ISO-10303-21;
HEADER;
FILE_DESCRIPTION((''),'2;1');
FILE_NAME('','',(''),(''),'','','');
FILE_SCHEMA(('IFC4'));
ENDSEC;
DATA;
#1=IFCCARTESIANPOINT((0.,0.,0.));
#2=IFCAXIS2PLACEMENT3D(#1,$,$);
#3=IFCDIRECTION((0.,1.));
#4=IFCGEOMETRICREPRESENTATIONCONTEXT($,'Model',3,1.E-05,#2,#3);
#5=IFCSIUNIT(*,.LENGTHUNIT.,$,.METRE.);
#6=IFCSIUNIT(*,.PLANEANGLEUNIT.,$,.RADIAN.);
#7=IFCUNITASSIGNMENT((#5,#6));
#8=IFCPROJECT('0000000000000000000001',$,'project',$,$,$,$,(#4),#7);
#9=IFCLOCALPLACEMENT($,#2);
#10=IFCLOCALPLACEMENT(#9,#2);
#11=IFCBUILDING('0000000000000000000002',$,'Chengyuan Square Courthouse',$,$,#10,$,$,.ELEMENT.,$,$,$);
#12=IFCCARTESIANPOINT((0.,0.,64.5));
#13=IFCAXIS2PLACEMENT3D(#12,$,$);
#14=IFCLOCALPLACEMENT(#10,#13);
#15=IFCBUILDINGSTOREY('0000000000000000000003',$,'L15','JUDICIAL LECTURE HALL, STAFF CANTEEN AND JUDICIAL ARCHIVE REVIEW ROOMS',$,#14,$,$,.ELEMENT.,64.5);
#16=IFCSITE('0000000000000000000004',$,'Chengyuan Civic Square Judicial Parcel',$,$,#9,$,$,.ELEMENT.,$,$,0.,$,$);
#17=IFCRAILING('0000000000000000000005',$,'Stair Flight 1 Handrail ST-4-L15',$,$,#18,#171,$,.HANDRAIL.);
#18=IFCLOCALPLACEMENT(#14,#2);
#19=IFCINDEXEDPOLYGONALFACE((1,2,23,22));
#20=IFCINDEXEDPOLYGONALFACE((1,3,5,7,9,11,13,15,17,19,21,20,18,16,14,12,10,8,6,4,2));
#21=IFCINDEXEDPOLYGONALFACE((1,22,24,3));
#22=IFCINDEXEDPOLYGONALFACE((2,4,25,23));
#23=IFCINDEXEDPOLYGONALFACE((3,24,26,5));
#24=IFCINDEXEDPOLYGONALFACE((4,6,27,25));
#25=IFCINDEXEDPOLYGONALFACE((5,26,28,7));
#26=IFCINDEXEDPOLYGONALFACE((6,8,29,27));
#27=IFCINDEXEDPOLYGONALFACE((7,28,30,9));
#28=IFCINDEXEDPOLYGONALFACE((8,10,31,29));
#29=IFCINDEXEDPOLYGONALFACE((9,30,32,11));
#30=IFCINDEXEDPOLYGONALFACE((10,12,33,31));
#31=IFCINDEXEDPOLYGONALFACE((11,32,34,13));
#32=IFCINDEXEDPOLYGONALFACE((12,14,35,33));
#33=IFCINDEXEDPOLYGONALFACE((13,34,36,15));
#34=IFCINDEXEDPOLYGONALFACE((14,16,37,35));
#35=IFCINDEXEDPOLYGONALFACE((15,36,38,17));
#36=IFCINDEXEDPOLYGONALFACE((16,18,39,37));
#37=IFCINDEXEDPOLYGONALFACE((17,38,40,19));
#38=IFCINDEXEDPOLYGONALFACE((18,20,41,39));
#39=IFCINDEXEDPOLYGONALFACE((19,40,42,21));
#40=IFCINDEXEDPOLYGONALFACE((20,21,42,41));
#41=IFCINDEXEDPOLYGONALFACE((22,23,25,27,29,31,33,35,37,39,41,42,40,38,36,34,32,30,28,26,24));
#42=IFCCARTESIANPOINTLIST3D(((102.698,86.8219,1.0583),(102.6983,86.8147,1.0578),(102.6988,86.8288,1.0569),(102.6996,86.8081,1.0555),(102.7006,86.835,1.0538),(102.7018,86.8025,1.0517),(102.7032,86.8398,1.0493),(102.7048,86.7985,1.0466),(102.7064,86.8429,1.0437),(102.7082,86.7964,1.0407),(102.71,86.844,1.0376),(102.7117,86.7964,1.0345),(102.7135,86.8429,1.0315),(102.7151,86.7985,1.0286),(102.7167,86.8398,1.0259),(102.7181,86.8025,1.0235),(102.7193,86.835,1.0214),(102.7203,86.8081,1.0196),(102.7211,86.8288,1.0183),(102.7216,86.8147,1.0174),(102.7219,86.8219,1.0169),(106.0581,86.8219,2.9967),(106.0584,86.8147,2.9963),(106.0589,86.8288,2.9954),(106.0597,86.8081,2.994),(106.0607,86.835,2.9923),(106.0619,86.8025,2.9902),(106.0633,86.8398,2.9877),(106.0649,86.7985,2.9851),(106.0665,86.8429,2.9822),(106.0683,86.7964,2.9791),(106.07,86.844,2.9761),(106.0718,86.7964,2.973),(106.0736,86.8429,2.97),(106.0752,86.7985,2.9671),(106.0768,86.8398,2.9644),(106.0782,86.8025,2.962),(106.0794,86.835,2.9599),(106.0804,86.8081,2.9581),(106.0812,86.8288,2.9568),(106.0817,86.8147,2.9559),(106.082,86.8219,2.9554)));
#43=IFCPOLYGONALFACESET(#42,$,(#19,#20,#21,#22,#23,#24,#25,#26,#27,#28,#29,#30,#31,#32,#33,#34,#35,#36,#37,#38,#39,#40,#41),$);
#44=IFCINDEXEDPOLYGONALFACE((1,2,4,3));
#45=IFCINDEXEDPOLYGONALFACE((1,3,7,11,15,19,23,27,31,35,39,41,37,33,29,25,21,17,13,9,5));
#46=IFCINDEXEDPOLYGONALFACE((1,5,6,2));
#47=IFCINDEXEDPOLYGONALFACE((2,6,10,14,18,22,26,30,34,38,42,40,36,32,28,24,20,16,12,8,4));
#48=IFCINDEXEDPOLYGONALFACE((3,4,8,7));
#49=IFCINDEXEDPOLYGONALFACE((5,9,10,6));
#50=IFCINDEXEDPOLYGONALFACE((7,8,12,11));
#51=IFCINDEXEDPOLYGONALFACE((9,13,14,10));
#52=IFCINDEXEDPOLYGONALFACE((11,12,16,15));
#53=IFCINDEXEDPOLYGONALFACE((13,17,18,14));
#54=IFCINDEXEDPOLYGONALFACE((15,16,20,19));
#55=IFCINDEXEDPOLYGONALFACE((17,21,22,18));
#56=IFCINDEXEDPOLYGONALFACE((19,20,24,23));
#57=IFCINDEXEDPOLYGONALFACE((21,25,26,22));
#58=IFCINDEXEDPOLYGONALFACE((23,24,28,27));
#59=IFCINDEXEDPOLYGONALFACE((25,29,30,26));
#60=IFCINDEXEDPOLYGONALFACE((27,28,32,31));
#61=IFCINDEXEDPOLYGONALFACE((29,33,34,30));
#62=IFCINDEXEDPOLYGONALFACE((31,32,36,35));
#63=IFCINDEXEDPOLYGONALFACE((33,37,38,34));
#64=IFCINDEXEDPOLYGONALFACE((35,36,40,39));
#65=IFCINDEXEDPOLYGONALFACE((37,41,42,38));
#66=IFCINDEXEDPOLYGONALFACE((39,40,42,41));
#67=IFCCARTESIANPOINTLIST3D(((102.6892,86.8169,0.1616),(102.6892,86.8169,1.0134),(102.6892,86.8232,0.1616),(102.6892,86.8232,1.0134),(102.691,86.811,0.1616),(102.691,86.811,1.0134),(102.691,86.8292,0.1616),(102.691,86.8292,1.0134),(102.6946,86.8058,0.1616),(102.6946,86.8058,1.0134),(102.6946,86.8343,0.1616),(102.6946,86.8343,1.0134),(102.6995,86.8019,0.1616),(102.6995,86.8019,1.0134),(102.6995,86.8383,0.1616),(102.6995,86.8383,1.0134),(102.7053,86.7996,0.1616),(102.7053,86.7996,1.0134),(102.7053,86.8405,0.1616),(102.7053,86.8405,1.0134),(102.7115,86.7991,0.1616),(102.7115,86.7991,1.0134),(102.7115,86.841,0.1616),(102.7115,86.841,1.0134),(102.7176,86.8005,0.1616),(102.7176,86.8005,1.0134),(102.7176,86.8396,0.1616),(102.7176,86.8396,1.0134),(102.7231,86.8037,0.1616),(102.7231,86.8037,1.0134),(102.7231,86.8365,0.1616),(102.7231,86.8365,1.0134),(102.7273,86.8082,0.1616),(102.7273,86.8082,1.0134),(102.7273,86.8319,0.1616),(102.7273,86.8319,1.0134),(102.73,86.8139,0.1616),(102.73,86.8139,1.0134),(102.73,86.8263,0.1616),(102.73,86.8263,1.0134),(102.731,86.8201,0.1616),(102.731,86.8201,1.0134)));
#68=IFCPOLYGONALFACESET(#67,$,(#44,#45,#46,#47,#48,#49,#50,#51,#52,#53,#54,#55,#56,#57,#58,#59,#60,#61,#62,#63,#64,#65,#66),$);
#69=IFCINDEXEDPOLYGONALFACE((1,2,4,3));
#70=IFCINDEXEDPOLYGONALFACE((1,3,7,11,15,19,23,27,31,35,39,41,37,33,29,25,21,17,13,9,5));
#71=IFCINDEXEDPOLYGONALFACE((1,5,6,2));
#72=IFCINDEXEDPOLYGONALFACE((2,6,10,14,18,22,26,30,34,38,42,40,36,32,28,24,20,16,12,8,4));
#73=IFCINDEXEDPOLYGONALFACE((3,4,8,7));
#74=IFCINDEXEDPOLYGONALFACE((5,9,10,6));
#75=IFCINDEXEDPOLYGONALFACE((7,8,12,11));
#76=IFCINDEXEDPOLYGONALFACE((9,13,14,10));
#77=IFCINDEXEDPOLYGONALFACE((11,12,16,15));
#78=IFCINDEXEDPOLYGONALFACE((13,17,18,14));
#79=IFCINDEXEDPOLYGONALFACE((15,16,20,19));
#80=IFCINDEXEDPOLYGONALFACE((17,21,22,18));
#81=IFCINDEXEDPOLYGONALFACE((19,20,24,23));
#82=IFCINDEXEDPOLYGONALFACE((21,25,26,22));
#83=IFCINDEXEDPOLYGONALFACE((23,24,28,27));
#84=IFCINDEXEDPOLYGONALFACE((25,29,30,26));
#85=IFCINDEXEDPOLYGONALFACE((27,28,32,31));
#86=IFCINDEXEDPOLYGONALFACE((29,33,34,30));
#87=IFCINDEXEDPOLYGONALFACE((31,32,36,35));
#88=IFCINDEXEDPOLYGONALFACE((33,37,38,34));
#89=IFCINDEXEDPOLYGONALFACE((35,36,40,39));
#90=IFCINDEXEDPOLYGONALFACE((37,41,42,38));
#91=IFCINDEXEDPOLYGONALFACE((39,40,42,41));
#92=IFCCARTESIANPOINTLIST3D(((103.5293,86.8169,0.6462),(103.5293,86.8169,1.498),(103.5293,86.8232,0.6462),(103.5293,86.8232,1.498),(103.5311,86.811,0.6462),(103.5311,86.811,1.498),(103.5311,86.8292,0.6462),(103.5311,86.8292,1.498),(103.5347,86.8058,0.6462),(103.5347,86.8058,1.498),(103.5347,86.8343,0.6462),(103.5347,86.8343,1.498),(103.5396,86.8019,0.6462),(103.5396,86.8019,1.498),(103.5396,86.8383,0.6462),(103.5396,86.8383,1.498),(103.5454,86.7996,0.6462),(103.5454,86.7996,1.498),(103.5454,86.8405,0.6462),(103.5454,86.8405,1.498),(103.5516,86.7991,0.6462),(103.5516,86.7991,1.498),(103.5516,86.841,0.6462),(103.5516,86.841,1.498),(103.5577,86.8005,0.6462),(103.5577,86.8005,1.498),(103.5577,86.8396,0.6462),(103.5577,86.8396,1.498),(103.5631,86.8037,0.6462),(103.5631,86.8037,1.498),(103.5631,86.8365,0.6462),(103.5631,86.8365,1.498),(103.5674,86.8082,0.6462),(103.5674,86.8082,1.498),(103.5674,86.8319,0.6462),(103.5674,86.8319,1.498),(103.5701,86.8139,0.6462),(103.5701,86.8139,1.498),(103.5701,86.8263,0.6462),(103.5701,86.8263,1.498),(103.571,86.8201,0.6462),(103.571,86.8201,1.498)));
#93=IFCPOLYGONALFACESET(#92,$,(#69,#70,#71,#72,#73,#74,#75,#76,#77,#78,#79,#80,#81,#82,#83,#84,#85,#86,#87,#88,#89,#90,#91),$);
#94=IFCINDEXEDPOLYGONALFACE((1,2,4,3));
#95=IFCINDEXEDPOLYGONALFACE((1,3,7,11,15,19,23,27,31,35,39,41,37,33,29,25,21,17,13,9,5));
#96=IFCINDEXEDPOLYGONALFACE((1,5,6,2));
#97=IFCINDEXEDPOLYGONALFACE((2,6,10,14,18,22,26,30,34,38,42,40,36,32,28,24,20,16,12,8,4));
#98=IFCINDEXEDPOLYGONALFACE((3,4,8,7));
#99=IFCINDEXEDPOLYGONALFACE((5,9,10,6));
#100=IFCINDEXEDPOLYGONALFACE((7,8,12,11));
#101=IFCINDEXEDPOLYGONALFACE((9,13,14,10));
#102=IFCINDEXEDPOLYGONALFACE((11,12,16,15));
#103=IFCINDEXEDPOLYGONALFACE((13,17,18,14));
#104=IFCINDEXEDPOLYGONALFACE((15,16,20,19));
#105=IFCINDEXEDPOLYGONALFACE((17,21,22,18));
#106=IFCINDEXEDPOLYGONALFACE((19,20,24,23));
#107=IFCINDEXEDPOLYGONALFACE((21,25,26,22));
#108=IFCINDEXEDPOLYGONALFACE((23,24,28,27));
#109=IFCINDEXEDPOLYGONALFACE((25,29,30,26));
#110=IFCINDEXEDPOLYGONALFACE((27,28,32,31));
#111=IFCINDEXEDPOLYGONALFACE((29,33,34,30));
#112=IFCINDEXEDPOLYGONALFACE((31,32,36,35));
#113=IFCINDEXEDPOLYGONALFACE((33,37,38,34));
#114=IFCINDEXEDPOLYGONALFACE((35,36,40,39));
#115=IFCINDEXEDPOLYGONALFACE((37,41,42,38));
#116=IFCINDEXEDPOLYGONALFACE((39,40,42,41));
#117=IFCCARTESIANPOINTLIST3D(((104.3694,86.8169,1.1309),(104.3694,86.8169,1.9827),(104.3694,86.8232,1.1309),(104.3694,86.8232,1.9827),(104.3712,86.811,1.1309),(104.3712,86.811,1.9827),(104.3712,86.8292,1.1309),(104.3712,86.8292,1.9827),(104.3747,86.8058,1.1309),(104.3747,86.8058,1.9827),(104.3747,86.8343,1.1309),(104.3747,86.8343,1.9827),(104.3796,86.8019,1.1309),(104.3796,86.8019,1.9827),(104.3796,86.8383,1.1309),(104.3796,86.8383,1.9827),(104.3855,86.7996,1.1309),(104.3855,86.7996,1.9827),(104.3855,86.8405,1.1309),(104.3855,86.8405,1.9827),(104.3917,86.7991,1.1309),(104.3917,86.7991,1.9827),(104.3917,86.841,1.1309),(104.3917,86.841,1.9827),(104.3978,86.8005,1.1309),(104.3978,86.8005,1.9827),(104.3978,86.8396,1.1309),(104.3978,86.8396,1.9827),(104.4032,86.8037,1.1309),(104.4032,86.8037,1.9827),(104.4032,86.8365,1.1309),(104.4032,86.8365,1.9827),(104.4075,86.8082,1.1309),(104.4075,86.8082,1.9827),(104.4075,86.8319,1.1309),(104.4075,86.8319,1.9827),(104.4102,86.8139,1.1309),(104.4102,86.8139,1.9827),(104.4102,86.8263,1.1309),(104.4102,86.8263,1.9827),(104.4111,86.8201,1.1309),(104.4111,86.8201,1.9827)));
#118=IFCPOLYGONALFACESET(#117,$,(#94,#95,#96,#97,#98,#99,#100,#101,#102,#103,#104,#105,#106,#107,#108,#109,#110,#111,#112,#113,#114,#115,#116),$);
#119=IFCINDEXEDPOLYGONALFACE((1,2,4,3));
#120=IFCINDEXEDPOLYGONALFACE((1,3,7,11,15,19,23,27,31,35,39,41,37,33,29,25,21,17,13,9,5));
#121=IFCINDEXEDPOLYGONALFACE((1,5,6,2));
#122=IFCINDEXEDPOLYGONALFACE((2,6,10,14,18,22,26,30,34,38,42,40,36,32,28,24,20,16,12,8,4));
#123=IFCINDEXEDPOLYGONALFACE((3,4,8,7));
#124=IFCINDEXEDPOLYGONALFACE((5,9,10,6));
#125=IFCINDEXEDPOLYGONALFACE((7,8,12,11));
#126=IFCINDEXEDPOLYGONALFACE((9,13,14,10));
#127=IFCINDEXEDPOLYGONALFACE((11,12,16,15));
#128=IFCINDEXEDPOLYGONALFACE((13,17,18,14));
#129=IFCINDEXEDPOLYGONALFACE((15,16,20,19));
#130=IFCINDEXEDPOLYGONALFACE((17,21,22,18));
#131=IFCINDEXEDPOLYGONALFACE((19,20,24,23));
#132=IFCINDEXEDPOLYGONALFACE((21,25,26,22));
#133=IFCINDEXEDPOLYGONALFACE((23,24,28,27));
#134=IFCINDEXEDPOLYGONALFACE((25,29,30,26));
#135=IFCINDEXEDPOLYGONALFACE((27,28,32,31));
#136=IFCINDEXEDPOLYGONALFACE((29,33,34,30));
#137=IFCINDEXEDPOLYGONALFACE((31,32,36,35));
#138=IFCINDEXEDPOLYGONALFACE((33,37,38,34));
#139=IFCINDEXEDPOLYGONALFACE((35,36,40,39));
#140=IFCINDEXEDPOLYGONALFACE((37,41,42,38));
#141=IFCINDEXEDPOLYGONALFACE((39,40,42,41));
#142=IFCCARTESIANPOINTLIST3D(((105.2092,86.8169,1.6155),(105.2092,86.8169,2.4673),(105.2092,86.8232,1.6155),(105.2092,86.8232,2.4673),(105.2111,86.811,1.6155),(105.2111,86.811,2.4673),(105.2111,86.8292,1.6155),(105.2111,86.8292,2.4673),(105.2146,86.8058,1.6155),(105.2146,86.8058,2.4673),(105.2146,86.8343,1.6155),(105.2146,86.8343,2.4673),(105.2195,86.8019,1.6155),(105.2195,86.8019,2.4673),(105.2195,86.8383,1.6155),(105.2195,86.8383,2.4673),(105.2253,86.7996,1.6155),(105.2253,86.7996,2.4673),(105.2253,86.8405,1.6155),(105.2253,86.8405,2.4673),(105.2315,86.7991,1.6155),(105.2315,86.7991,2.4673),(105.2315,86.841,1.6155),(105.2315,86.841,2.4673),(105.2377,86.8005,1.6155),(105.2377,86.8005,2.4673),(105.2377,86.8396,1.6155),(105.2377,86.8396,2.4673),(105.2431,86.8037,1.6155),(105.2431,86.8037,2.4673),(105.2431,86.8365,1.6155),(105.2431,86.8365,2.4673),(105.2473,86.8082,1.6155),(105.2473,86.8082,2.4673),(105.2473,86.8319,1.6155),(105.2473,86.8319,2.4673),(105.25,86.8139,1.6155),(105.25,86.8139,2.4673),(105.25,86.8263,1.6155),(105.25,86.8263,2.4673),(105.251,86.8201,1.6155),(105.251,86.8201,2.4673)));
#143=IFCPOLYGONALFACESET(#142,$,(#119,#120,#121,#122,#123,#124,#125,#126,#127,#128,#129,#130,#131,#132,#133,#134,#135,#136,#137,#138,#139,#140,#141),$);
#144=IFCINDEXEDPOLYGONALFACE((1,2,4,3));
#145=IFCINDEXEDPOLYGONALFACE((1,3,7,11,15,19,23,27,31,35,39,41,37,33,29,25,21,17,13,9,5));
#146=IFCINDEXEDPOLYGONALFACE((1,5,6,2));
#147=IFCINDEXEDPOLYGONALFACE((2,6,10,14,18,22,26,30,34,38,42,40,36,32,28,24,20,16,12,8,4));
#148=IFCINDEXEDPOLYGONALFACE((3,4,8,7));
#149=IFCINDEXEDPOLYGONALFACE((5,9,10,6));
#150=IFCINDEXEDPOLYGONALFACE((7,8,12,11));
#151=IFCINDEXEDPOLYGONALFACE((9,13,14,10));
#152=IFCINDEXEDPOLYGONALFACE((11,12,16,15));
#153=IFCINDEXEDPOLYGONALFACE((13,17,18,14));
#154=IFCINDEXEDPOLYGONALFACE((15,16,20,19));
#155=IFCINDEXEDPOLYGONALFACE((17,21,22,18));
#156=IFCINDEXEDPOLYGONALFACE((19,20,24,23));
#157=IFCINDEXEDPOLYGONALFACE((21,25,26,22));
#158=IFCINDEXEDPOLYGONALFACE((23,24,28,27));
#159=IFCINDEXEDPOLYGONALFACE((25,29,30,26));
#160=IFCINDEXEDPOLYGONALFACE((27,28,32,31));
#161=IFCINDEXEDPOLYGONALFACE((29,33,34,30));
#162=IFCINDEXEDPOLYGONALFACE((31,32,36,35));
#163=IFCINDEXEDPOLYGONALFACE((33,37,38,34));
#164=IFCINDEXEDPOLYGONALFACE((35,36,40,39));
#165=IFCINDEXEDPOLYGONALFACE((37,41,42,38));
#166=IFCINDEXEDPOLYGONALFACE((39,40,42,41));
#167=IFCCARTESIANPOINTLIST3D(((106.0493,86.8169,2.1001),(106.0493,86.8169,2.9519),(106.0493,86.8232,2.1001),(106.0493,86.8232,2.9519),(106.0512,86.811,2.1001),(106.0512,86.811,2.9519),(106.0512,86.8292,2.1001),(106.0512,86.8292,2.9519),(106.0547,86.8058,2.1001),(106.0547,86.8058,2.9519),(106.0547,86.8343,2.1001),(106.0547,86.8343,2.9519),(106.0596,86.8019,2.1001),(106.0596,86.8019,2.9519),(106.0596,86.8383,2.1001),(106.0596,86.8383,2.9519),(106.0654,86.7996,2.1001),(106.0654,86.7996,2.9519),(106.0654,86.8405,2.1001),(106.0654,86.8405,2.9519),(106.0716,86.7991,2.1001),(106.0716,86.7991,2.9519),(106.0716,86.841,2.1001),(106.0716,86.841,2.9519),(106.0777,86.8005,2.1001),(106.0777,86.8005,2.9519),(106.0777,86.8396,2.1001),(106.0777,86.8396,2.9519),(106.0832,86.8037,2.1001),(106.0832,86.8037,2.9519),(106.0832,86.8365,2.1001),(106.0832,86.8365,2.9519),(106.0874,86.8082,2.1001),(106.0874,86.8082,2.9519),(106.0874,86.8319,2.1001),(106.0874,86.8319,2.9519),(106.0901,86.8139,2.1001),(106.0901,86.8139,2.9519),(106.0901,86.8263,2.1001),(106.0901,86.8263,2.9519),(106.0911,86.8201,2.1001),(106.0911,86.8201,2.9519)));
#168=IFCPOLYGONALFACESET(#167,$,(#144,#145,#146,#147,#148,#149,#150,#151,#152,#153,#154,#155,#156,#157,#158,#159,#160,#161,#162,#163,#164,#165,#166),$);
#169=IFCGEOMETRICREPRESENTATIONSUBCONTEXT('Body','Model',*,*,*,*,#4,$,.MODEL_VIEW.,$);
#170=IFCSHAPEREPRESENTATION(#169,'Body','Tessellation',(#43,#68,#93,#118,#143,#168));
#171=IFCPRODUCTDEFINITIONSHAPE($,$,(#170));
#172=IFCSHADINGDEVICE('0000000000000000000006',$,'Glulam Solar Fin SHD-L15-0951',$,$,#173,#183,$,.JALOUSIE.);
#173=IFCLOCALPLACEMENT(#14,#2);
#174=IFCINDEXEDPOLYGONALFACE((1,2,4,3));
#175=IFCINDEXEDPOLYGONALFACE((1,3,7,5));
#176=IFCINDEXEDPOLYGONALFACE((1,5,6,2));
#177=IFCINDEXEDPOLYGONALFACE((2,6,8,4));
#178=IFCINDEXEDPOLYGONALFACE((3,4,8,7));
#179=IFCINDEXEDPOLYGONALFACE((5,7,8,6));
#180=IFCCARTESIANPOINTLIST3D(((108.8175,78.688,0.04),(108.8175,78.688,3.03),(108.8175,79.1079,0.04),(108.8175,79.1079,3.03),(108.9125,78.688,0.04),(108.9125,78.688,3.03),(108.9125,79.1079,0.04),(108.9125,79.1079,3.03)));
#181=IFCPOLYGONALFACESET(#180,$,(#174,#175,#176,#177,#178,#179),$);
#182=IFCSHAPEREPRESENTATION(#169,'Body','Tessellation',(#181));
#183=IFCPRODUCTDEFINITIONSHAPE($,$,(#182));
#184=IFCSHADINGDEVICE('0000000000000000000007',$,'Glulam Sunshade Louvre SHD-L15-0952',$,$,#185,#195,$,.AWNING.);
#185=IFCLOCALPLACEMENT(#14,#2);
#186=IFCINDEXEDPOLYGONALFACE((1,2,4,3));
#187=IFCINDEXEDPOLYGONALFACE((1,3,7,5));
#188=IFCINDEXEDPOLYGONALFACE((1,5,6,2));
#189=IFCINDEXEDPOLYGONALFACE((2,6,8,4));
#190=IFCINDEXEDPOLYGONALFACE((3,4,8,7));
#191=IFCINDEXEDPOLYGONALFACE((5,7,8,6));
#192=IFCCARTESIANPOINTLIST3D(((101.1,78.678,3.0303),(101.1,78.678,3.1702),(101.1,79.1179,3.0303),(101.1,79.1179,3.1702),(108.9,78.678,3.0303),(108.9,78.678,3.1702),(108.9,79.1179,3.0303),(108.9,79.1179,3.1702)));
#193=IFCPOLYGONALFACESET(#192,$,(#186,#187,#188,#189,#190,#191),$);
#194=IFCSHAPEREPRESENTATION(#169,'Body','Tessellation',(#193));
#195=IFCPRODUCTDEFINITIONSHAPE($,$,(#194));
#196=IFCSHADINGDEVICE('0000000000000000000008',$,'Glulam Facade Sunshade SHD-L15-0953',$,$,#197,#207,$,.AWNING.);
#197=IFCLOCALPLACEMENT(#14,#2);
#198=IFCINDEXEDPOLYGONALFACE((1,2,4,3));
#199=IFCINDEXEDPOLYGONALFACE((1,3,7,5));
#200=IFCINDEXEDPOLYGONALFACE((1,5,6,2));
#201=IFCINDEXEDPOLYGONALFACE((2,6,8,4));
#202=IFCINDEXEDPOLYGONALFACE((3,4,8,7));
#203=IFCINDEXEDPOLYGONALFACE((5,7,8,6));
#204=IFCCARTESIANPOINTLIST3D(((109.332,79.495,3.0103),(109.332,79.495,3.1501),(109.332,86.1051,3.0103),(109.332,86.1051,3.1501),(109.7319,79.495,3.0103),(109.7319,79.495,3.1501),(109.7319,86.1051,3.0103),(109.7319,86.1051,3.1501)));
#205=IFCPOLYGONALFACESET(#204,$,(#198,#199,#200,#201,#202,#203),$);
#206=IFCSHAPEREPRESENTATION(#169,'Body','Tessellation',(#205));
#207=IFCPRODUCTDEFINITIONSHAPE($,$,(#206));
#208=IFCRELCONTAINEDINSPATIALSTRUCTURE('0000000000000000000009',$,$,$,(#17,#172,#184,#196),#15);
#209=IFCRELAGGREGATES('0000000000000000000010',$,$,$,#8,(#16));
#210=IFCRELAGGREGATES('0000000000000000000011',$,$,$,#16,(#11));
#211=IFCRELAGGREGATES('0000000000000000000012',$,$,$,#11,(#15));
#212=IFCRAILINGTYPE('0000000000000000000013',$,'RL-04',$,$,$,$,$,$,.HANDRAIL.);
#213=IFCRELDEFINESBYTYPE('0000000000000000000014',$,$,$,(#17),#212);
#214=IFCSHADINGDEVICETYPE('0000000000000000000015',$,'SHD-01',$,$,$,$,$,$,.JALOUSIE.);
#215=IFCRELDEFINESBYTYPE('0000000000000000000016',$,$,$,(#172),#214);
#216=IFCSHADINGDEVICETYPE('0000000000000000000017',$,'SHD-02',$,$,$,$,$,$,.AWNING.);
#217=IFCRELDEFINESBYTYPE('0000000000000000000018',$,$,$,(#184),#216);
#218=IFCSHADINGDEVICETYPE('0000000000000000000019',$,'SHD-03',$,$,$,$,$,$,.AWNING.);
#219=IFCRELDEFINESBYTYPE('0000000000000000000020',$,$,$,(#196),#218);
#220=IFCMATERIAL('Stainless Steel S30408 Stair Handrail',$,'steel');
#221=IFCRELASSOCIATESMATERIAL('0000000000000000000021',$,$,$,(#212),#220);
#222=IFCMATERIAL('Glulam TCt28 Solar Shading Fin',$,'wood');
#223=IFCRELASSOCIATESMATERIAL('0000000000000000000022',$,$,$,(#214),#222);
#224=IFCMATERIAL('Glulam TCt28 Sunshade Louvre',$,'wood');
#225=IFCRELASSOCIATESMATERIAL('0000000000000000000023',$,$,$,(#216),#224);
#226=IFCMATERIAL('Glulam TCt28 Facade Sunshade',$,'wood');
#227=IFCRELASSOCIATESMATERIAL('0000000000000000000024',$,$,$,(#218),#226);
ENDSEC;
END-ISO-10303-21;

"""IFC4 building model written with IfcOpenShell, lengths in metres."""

from ifc_helpers import new_model, si_unit, direction, frame, origin, origin_2d, place, context, subcontext, project, spatial, rectangle, circle, extrude, material, type_object, element, save


model = new_model("IFC4")

# Units and contexts
model_context = context("Model", 3, precision=1e-05, world=origin(), true_north=direction((0.0, 1.0)))
body_context = subcontext(model_context, "Body", "Model", "MODEL_VIEW")
ifc_project = project(units=[si_unit("LENGTHUNIT", "METRE"), si_unit("PLANEANGLEUNIT", "RADIAN")], contexts=[model_context])

# Site, building, storey
site_placement = place(None, origin())
site = spatial("IfcSite", under=ifc_project, at=site_placement, Name="Chengyuan Civic Square Judicial Parcel", CompositionType="ELEMENT", RefElevation=0.0)
building_placement = place(site_placement, origin())
building = spatial("IfcBuilding", under=site, at=building_placement, Name="Chengyuan Square Courthouse", CompositionType="ELEMENT")
storey_placement = place(building_placement, frame((0.0, 0.0, 64.5)))
storey = spatial("IfcBuildingStorey", under=building, at=storey_placement, Name="L15", Description="JUDICIAL LECTURE HALL, STAFF CANTEEN AND JUDICIAL ARCHIVE REVIEW ROOMS", CompositionType="ELEMENT", Elevation=64.5)

# Railing
ifc_material_1 = material(Name="Stainless Steel S30408 Stair Handrail", Category="steel")
railing_type = type_object("IfcRailingType", Name="RL-04", PredefinedType="HANDRAIL", material=ifc_material_1)
railing_placement = place(storey_placement, frame((102.71, 86.8201, 0.1616)))
element("IfcRailing", 1, at=railing_placement, inside=storey, type_object=railing_type, Name="Stair Flight 1 Handrail ST-4-L15", PredefinedType="HANDRAIL", context=body_context, shape_type="SweptSolid", body=[
    extrude(circle(Radius=0.0239, at=origin_2d()), frame((0.0, 0.0, 0.876), z_axis=(0.866191, 0.0, 0.499713), x_axis=(0.0, 1.0, 0.0)), (0.0, 0.0, 1.0), 3.8792),
    extrude(circle(Radius=0.021, at=origin_2d()), origin(), (0.0, 0.0, 1.0), 0.8518),
    extrude(circle(Radius=0.021, at=origin_2d()), frame((0.8401, 0.0, 0.4846)), (0.0, 0.0, 1.0), 0.8518),
    extrude(circle(Radius=0.021, at=origin_2d()), frame((1.6802, 0.0, 0.9692)), (0.0, 0.0, 1.0), 0.8518),
    extrude(circle(Radius=0.021, at=origin_2d()), frame((2.52, 0.0, 1.4539)), (0.0, 0.0, 1.0), 0.8518),
    extrude(circle(Radius=0.021, at=origin_2d()), frame((3.3601, 0.0, 1.9385)), (0.0, 0.0, 1.0), 0.8518),
])

# Shading devices
ifc_material_2 = material(Name="Glulam TCt28 Solar Shading Fin", Category="wood")
shading_device_type_1 = type_object("IfcShadingDeviceType", Name="SHD-01", PredefinedType="JALOUSIE", material=ifc_material_2)
shading_device_1_placement = place(storey_placement, frame((108.865, 78.8979, 0.04), z_axis=(0.0, 0.0, 1.0), x_axis=(0.0, 1.0, 0.0)))
element("IfcShadingDevice", 2, at=shading_device_1_placement, inside=storey, type_object=shading_device_type_1, Name="Glulam Solar Fin SHD-L15-0951", PredefinedType="JALOUSIE", context=body_context, shape_type="SweptSolid", body=[
    extrude(rectangle(XDim=0.4199, YDim=0.095, at=origin_2d()), origin(), (0.0, 0.0, 1.0), 2.99),
])
ifc_material_3 = material(Name="Glulam TCt28 Sunshade Louvre", Category="wood")
shading_device_type_2 = type_object("IfcShadingDeviceType", Name="SHD-02", PredefinedType="AWNING", material=ifc_material_3)
shading_device_2_placement = place(storey_placement, frame((105.0, 78.8979, 3.0303), z_axis=(0.0, 0.0, 1.0), x_axis=(1.0, 0.0, 0.0)))
element("IfcShadingDevice", 3, at=shading_device_2_placement, inside=storey, type_object=shading_device_type_2, Name="Glulam Sunshade Louvre SHD-L15-0952", PredefinedType="AWNING", context=body_context, shape_type="SweptSolid", body=[
    extrude(rectangle(XDim=7.8, YDim=0.4399, at=origin_2d()), origin(), (0.0, 0.0, 1.0), 0.1399),
])
ifc_material_4 = material(Name="Glulam TCt28 Facade Sunshade", Category="wood")
shading_device_type_3 = type_object("IfcShadingDeviceType", Name="SHD-03", PredefinedType="AWNING", material=ifc_material_4)
shading_device_3_placement = place(storey_placement, frame((109.532, 82.8, 3.0103), z_axis=(0.0, 0.0, 1.0), x_axis=(0.0, 1.0, 0.0)))
element("IfcShadingDevice", 4, at=shading_device_3_placement, inside=storey, type_object=shading_device_type_3, Name="Glulam Facade Sunshade SHD-L15-0953", PredefinedType="AWNING", context=body_context, shape_type="SweptSolid", body=[
    extrude(rectangle(XDim=6.6101, YDim=0.3999, at=origin_2d()), origin(), (0.0, 0.0, 1.0), 0.1399),
])

save(model, "model.ifc")
